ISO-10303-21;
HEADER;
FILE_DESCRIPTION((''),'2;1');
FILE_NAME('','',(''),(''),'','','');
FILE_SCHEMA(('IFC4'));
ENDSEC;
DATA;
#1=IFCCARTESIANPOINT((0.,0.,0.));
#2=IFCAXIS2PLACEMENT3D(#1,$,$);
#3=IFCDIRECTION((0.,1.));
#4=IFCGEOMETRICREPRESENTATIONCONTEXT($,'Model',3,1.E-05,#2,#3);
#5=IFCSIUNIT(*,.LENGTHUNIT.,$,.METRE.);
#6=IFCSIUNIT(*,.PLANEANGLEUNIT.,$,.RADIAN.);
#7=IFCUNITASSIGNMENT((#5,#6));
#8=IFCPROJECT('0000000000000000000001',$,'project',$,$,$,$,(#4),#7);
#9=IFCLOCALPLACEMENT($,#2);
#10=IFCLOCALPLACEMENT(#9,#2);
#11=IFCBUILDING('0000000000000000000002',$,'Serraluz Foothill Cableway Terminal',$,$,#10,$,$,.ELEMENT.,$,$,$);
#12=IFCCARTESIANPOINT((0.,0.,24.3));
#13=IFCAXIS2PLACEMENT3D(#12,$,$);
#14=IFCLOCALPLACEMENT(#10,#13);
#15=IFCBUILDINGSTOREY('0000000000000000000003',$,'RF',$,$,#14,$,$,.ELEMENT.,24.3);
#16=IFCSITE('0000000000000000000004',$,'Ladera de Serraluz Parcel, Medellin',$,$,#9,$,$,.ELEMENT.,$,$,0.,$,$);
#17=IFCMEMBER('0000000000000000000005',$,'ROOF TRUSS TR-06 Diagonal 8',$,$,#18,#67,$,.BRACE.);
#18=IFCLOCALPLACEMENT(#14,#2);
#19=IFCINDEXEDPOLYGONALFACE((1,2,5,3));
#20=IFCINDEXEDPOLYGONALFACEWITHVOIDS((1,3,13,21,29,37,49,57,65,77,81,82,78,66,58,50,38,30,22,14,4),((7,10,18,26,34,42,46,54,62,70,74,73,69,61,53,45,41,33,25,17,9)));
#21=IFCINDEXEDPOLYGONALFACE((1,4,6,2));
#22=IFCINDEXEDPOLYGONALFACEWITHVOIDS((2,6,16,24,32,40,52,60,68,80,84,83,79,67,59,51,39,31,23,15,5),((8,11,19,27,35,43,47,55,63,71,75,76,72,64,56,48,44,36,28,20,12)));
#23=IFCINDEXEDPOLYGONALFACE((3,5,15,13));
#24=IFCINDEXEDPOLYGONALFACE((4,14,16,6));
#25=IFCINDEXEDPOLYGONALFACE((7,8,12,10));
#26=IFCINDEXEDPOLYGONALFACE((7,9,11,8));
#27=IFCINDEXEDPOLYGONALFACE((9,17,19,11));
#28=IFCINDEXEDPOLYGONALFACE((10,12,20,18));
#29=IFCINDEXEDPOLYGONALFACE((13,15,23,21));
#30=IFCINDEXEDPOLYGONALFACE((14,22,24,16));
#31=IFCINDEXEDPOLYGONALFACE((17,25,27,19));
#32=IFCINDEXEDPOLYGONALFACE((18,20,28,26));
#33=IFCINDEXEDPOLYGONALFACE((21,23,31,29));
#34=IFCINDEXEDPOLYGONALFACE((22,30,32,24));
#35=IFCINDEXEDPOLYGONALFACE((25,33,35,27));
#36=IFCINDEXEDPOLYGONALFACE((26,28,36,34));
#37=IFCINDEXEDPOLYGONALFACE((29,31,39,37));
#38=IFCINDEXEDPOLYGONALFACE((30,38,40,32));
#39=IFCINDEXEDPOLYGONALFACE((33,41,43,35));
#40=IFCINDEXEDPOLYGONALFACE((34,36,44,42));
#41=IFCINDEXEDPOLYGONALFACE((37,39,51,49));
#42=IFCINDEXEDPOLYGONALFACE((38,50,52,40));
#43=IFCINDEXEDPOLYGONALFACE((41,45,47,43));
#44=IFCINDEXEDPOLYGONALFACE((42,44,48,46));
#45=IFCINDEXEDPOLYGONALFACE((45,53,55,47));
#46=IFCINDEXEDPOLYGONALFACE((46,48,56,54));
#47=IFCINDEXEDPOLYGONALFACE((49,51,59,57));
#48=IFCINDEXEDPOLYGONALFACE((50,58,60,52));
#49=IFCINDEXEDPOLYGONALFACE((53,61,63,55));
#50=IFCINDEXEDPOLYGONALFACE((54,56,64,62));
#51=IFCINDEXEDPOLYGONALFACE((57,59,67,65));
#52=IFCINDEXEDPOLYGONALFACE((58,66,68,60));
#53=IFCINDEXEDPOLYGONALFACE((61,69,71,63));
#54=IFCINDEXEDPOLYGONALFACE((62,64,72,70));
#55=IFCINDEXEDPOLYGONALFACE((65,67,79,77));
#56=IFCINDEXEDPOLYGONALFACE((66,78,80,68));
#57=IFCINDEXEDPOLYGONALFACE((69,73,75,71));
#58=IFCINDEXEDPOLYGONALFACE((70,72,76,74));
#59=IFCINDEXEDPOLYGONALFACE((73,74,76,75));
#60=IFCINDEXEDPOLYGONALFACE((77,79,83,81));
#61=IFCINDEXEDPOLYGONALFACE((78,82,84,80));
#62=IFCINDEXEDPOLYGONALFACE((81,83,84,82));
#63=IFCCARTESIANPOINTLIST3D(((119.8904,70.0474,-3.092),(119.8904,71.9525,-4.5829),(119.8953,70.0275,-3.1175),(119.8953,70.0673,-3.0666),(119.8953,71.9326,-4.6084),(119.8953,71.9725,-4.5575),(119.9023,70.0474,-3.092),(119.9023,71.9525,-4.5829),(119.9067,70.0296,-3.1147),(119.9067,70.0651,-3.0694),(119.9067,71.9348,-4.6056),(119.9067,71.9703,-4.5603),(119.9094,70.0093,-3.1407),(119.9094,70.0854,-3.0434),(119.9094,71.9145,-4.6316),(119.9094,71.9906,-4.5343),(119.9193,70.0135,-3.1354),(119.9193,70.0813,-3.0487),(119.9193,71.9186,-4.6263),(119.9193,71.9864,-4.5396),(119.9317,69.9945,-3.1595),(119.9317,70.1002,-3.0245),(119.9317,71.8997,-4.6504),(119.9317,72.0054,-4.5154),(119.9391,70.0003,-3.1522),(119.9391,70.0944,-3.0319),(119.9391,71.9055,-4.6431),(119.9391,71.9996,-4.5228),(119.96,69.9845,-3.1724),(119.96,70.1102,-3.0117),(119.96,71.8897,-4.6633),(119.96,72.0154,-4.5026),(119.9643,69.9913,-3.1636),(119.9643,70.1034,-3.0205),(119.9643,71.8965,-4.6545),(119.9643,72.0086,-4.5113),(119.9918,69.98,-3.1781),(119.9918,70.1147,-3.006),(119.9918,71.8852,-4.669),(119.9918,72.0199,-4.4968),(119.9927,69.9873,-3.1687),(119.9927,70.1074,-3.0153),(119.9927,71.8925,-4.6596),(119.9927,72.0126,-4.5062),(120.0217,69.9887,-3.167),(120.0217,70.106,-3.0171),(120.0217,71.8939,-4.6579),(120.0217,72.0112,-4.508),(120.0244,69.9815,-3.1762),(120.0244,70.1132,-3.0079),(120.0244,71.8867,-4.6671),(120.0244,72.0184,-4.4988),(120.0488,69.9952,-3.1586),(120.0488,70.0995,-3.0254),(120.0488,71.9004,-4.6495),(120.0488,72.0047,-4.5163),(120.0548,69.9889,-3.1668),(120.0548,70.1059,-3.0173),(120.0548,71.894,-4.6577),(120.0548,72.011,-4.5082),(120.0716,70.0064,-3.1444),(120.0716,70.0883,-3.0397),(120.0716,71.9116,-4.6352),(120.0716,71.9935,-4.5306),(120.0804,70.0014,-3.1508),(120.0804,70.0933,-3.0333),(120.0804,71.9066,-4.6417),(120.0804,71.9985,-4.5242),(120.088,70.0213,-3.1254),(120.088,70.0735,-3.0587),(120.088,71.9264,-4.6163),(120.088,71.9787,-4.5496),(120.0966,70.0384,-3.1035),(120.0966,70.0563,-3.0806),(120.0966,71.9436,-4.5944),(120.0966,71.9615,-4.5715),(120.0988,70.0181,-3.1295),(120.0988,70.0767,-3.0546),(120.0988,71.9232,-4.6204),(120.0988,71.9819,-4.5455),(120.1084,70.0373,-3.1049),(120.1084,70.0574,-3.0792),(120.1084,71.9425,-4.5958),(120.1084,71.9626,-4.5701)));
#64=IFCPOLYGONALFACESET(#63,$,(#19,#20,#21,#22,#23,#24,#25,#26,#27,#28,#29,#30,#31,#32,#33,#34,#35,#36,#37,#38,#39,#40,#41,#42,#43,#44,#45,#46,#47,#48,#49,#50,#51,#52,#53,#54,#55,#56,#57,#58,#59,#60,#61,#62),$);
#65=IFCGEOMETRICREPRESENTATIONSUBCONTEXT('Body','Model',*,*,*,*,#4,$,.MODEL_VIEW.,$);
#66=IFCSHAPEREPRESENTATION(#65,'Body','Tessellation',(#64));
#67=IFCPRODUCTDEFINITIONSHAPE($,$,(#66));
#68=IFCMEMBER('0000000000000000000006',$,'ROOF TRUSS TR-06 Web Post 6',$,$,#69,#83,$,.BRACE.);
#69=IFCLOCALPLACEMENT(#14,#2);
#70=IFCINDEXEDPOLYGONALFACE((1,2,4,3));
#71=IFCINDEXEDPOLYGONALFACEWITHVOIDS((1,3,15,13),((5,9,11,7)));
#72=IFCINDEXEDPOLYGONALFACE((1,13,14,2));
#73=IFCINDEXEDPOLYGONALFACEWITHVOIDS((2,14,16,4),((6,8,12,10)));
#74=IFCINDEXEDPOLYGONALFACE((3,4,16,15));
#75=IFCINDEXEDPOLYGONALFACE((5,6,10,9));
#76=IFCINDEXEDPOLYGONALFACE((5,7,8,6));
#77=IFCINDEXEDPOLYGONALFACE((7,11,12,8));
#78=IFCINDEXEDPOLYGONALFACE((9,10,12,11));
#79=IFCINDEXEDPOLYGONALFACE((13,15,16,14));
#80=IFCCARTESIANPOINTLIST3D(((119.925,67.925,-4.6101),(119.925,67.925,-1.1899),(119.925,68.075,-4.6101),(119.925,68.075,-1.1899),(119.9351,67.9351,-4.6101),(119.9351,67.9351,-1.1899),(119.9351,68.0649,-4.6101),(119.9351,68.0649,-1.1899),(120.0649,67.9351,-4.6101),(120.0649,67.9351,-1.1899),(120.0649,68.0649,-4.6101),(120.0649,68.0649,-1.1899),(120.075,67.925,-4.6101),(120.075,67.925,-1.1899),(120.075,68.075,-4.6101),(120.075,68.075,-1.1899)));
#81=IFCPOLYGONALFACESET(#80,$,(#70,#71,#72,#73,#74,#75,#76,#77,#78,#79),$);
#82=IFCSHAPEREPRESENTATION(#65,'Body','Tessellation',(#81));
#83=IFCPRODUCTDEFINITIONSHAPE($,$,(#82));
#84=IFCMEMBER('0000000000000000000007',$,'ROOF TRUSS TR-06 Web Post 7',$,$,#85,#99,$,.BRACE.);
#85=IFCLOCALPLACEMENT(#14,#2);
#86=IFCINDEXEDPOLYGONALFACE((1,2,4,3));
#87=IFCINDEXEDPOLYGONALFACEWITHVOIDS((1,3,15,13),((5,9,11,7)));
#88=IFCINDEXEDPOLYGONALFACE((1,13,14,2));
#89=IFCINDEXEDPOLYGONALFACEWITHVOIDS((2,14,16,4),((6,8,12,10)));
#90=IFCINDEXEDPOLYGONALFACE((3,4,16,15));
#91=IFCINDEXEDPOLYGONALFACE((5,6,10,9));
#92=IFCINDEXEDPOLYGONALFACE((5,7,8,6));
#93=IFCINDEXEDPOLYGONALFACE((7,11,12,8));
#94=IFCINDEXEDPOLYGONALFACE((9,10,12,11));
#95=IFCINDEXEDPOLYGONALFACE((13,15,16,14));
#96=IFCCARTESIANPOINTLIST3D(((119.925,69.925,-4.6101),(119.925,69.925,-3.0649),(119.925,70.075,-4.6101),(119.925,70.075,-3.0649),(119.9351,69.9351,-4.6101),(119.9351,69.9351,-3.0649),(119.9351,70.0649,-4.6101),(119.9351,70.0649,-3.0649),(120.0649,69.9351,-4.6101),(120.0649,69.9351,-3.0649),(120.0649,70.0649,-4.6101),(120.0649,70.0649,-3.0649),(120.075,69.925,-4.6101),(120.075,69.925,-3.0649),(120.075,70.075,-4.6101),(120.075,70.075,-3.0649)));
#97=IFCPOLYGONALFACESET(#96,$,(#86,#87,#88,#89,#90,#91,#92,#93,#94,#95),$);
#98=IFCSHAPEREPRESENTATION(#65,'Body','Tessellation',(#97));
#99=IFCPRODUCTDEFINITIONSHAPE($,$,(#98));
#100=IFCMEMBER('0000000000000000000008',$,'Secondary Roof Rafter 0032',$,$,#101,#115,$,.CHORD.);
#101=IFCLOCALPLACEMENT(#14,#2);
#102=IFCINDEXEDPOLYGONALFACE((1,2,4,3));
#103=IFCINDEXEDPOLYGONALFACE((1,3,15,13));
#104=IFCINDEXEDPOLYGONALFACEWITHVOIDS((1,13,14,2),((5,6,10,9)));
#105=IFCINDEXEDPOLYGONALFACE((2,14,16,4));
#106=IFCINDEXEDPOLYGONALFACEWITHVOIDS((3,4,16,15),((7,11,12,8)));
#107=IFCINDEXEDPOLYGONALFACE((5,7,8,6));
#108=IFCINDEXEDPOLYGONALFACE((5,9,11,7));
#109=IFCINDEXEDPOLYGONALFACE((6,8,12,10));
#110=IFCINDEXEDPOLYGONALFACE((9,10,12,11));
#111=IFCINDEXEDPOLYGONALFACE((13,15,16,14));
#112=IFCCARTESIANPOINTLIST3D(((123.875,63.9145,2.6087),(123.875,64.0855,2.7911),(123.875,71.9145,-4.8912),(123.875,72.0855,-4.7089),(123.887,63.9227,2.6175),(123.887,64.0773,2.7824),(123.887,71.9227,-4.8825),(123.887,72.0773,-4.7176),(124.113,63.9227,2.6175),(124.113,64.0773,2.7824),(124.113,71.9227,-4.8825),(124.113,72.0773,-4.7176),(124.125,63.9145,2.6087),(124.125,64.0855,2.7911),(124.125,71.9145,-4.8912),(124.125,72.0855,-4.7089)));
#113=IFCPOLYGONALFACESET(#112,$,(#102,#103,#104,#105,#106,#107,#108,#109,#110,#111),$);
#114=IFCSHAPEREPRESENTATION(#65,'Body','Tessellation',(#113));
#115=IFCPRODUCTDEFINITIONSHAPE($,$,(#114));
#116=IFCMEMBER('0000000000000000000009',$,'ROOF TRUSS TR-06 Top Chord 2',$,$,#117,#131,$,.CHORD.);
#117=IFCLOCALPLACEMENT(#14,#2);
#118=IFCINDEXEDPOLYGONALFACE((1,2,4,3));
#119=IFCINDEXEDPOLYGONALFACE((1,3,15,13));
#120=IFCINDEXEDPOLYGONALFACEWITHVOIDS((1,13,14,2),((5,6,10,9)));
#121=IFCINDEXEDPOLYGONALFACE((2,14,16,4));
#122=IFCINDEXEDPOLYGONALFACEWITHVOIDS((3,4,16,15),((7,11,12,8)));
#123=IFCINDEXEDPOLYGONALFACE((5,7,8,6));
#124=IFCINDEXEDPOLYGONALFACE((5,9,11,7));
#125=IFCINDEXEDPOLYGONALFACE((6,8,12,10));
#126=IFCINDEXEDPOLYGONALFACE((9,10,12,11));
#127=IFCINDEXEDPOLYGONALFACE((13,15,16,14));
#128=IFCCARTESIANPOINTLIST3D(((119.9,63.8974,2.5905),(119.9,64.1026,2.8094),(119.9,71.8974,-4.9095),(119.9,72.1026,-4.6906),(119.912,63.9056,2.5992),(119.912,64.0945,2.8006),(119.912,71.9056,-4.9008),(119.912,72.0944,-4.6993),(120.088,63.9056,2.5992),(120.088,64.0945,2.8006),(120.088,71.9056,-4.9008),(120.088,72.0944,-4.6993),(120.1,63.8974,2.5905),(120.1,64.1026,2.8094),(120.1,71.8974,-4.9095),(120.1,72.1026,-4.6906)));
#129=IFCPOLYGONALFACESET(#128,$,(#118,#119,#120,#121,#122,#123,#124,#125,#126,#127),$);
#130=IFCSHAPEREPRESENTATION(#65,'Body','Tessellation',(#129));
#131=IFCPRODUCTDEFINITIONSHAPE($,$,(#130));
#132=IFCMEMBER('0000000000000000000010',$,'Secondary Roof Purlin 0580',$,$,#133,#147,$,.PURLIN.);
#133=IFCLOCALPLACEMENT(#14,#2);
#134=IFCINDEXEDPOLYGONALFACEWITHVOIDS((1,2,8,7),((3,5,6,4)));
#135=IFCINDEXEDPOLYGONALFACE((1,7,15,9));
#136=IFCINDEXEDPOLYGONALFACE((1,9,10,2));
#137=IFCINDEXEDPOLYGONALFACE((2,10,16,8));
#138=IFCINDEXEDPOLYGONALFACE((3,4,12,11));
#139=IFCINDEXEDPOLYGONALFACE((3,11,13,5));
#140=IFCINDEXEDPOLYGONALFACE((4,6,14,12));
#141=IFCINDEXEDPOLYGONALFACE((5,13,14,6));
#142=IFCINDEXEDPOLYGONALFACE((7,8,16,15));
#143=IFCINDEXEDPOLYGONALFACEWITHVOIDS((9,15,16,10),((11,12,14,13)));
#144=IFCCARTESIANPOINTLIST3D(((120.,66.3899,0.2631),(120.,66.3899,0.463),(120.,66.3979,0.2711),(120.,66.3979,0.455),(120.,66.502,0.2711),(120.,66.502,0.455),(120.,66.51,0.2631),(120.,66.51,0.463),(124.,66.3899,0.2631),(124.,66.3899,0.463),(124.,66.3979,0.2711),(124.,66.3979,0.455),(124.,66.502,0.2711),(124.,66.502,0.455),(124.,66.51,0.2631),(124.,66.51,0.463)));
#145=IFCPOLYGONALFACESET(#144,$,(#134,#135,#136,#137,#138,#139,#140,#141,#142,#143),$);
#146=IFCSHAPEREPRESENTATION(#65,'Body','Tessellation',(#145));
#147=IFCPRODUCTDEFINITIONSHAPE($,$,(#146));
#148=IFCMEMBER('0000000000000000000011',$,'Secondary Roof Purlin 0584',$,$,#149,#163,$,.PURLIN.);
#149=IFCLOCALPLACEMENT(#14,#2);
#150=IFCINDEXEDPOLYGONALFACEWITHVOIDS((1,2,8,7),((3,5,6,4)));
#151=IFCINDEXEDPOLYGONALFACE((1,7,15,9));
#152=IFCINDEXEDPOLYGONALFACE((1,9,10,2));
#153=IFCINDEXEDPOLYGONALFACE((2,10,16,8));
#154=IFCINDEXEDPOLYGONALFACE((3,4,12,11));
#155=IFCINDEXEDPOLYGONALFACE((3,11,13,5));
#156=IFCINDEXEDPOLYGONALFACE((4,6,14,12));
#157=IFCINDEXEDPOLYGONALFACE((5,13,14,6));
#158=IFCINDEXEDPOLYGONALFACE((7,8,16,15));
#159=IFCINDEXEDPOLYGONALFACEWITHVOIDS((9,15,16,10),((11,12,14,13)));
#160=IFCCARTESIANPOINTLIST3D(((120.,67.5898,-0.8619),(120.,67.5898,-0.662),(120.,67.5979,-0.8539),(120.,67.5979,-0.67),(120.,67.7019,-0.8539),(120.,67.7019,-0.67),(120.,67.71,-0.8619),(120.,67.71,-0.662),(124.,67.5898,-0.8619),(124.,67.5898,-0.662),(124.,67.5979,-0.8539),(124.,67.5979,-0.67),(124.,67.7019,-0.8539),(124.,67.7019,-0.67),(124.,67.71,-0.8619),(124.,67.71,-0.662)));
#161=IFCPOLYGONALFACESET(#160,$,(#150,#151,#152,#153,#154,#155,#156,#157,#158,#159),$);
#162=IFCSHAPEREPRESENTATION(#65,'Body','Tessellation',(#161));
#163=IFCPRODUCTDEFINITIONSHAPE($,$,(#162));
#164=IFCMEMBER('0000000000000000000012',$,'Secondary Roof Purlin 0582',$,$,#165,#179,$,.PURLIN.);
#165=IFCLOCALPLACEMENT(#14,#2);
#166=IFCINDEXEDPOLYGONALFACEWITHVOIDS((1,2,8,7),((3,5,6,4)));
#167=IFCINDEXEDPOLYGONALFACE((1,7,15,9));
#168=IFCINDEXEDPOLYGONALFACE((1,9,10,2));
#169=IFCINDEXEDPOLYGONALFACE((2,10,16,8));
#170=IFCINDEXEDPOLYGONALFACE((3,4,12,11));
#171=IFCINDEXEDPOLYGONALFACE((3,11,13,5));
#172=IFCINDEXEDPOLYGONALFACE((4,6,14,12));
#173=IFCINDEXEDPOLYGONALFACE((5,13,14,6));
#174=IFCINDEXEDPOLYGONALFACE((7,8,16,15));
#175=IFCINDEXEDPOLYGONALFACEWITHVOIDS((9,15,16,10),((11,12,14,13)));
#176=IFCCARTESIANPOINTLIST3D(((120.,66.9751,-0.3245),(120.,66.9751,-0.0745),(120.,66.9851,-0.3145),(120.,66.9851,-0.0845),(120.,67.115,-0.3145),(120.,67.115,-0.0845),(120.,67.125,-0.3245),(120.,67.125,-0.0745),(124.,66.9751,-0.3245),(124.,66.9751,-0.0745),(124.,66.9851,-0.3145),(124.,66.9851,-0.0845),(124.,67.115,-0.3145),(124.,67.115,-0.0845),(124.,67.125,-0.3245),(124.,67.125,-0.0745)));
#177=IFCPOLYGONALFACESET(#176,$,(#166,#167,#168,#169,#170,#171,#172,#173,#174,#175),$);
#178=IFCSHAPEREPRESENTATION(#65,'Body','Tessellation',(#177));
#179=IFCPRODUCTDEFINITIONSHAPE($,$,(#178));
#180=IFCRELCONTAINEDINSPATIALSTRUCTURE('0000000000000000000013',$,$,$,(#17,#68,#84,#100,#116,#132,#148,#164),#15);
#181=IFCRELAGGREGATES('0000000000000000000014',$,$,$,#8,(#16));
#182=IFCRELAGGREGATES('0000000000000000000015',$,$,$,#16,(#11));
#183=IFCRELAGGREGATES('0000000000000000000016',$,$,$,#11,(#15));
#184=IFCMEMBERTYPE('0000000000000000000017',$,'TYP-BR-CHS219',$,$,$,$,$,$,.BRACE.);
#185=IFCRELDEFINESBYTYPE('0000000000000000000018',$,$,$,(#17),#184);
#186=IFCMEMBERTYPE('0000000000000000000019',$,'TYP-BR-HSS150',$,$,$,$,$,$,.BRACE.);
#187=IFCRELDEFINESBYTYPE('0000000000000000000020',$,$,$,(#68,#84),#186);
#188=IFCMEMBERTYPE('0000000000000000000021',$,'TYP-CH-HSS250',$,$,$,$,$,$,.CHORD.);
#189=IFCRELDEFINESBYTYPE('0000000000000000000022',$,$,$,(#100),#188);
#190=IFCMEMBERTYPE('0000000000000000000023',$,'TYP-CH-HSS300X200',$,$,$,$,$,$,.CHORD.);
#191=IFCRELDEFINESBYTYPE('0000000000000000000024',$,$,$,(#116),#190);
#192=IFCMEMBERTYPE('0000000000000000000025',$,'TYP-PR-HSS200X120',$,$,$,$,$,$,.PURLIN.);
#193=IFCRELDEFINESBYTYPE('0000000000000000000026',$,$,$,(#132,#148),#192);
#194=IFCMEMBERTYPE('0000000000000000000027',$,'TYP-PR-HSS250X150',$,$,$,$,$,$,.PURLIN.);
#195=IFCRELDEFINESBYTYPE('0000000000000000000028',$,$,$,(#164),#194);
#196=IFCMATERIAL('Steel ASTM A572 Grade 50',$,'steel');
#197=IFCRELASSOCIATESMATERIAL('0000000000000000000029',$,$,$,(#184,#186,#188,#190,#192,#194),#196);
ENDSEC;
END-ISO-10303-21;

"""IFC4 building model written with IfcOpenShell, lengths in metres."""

from ifc_helpers import new_model, si_unit, direction, frame, origin, origin_2d, place, context, subcontext, project, spatial, hollow_rectangle, hollow_circle, extrude, material, material_profile, profile_set, type_object, element, save


model = new_model("IFC4")

# Units and contexts
model_context = context("Model", 3, precision=1e-05, world=origin(), true_north=direction((0.0, 1.0)))
body_context = subcontext(model_context, "Body", "Model", "MODEL_VIEW")
ifc_project = project(units=[si_unit("LENGTHUNIT", "METRE"), si_unit("PLANEANGLEUNIT", "RADIAN")], contexts=[model_context])

# Site, building, storey
site_placement = place(None, origin())
site = spatial("IfcSite", under=ifc_project, at=site_placement, Name="Ladera de Serraluz Parcel, Medellin", CompositionType="ELEMENT", RefElevation=0.0)
building_placement = place(site_placement, origin())
building = spatial("IfcBuilding", under=site, at=building_placement, Name="Serraluz Foothill Cableway Terminal", CompositionType="ELEMENT")
storey_placement = place(building_placement, frame((0.0, 0.0, 24.3)))
storey = spatial("IfcBuildingStorey", under=building, at=storey_placement, Name="RF", CompositionType="ELEMENT", Elevation=24.3)

# Members
ifc_material_1 = material(Name="Steel ASTM A572 Grade 50", Category="steel")
ifc_material_profile_1 = material_profile(ifc_material_1, hollow_circle(Radius=0.1096, WallThickness=0.012, at=origin_2d()), Name="CHS219X12")
ifc_profile_set_1 = profile_set([ifc_material_profile_1], Name="Steel ASTM A572 Grade 50")
member_type_1 = type_object("IfcMemberType", Name="TYP-BR-CHS219", PredefinedType="BRACE", material=ifc_profile_set_1)
member_1_placement = place(storey_placement, frame((120.0, 70.0474, -3.092), z_axis=(0.0, 0.787528, -0.616278), x_axis=(-1.0, 0.0, 0.0)))
element("IfcMember", 1, at=member_1_placement, inside=storey, type_object=member_type_1, Name="ROOF TRUSS TR-06 Diagonal 8", PredefinedType="BRACE", context=body_context, shape_type="SweptSolid", body=[
    extrude(hollow_circle(Radius=0.1096, WallThickness=0.012, at=origin_2d()), origin(), (0.0, 0.0, 1.0), 2.4192),
])
ifc_material_profile_2 = material_profile(ifc_material_1, hollow_rectangle(XDim=0.1499, YDim=0.1499, WallThickness=0.01, at=origin_2d()), Name="HSS150X150X10")
ifc_profile_set_2 = profile_set([ifc_material_profile_2], Name="Steel ASTM A572 Grade 50")
member_type_2 = type_object("IfcMemberType", Name="TYP-BR-HSS150", PredefinedType="BRACE", material=ifc_profile_set_2)
member_2_placement = place(storey_placement, frame((120.0, 68.0, -4.6101), z_axis=(0.0, 0.0, 1.0), x_axis=(1.0, 0.0, 0.0)))
element("IfcMember", 2, at=member_2_placement, inside=storey, type_object=member_type_2, Name="ROOF TRUSS TR-06 Web Post 6", PredefinedType="BRACE", context=body_context, shape_type="SweptSolid", body=[
    extrude(hollow_rectangle(XDim=0.1499, YDim=0.1499, WallThickness=0.01, at=origin_2d()), origin(), (0.0, 0.0, 1.0), 3.4202),
])
member_3_placement = place(storey_placement, frame((120.0, 70.0, -4.6101), z_axis=(0.0, 0.0, 1.0), x_axis=(1.0, 0.0, 0.0)))
element("IfcMember", 3, at=member_3_placement, inside=storey, type_object=member_type_2, Name="ROOF TRUSS TR-06 Web Post 7", PredefinedType="BRACE", context=body_context, shape_type="SweptSolid", body=[
    extrude(hollow_rectangle(XDim=0.1499, YDim=0.1499, WallThickness=0.01, at=origin_2d()), origin(), (0.0, 0.0, 1.0), 1.5452),
])
ifc_material_profile_3 = material_profile(ifc_material_1, hollow_rectangle(XDim=0.25, YDim=0.25, WallThickness=0.012, at=origin_2d()), Name="HSS250X250X12")
ifc_profile_set_3 = profile_set([ifc_material_profile_3], Name="Steel ASTM A572 Grade 50")
member_type_3 = type_object("IfcMemberType", Name="TYP-CH-HSS250", PredefinedType="CHORD", material=ifc_profile_set_3)
member_4_placement = place(storey_placement, frame((124.0, 72.0, -4.8), z_axis=(0.0, -0.729537, 0.683941), x_axis=(1.0, 0.0, 0.0)))
element("IfcMember", 4, at=member_4_placement, inside=storey, type_object=member_type_3, Name="Secondary Roof Rafter 0032", PredefinedType="CHORD", context=body_context, shape_type="SweptSolid", body=[
    extrude(hollow_rectangle(XDim=0.25, YDim=0.25, WallThickness=0.012, at=origin_2d()), origin(), (0.0, 0.0, 1.0), 10.9658),
])
ifc_material_profile_4 = material_profile(ifc_material_1, hollow_rectangle(XDim=0.2, YDim=0.3, WallThickness=0.012, at=origin_2d()), Name="HSS300X200X12")
ifc_profile_set_4 = profile_set([ifc_material_profile_4], Name="Steel ASTM A572 Grade 50")
member_type_4 = type_object("IfcMemberType", Name="TYP-CH-HSS300X200", PredefinedType="CHORD", material=ifc_profile_set_4)
member_5_placement = place(storey_placement, frame((120.0, 72.0, -4.8), z_axis=(0.0, -0.729537, 0.683941), x_axis=(1.0, 0.0, 0.0)))
element("IfcMember", 5, at=member_5_placement, inside=storey, type_object=member_type_4, Name="ROOF TRUSS TR-06 Top Chord 2", PredefinedType="CHORD", context=body_context, shape_type="SweptSolid", body=[
    extrude(hollow_rectangle(XDim=0.2, YDim=0.3, WallThickness=0.012, at=origin_2d()), origin(), (0.0, 0.0, 1.0), 10.9658),
])
ifc_material_profile_5 = material_profile(ifc_material_1, hollow_rectangle(XDim=0.1201, YDim=0.2, WallThickness=0.0081, at=origin_2d()), Name="HSS200X120X8")
ifc_profile_set_5 = profile_set([ifc_material_profile_5], Name="Steel ASTM A572 Grade 50")
member_type_5 = type_object("IfcMemberType", Name="TYP-PR-HSS200X120", PredefinedType="PURLIN", material=ifc_profile_set_5)
for number, where, z_axis, x_axis, name in (
    (6, (120.0, 66.45, 0.363), (1.0, 0.0, 0.0), (0.0, 1.0, 0.0), "Secondary Roof Purlin 0580"),
    (7, (120.0, 67.6499, -0.762), (1.0, 0.0, 0.0), (0.0, 1.0, 0.0), "Secondary Roof Purlin 0584"),
):
    element("IfcMember", number, at=place(storey_placement, frame(where, z_axis=z_axis, x_axis=x_axis)), inside=storey, type_object=member_type_5, Name=name, PredefinedType="PURLIN", context=body_context, shape_type="SweptSolid", body=[
        extrude(hollow_rectangle(XDim=0.1201, YDim=0.2, WallThickness=0.0081, at=origin_2d()), origin(), (0.0, 0.0, 1.0), 4.0),
    ])
ifc_material_profile_6 = material_profile(ifc_material_1, hollow_rectangle(XDim=0.1499, YDim=0.25, WallThickness=0.01, at=origin_2d()), Name="HSS250X150X10")
ifc_profile_set_6 = profile_set([ifc_material_profile_6], Name="Steel ASTM A572 Grade 50")
member_type_6 = type_object("IfcMemberType", Name="TYP-PR-HSS250X150", PredefinedType="PURLIN", material=ifc_profile_set_6)
member_6_placement = place(storey_placement, frame((120.0, 67.05, -0.1995), z_axis=(1.0, 0.0, 0.0), x_axis=(0.0, 1.0, 0.0)))
element("IfcMember", 8, at=member_6_placement, inside=storey, type_object=member_type_6, Name="Secondary Roof Purlin 0582", PredefinedType="PURLIN", context=body_context, shape_type="SweptSolid", body=[
    extrude(hollow_rectangle(XDim=0.1499, YDim=0.25, WallThickness=0.01, at=origin_2d()), origin(), (0.0, 0.0, 1.0), 4.0),
])

save(model, "model.ifc")
